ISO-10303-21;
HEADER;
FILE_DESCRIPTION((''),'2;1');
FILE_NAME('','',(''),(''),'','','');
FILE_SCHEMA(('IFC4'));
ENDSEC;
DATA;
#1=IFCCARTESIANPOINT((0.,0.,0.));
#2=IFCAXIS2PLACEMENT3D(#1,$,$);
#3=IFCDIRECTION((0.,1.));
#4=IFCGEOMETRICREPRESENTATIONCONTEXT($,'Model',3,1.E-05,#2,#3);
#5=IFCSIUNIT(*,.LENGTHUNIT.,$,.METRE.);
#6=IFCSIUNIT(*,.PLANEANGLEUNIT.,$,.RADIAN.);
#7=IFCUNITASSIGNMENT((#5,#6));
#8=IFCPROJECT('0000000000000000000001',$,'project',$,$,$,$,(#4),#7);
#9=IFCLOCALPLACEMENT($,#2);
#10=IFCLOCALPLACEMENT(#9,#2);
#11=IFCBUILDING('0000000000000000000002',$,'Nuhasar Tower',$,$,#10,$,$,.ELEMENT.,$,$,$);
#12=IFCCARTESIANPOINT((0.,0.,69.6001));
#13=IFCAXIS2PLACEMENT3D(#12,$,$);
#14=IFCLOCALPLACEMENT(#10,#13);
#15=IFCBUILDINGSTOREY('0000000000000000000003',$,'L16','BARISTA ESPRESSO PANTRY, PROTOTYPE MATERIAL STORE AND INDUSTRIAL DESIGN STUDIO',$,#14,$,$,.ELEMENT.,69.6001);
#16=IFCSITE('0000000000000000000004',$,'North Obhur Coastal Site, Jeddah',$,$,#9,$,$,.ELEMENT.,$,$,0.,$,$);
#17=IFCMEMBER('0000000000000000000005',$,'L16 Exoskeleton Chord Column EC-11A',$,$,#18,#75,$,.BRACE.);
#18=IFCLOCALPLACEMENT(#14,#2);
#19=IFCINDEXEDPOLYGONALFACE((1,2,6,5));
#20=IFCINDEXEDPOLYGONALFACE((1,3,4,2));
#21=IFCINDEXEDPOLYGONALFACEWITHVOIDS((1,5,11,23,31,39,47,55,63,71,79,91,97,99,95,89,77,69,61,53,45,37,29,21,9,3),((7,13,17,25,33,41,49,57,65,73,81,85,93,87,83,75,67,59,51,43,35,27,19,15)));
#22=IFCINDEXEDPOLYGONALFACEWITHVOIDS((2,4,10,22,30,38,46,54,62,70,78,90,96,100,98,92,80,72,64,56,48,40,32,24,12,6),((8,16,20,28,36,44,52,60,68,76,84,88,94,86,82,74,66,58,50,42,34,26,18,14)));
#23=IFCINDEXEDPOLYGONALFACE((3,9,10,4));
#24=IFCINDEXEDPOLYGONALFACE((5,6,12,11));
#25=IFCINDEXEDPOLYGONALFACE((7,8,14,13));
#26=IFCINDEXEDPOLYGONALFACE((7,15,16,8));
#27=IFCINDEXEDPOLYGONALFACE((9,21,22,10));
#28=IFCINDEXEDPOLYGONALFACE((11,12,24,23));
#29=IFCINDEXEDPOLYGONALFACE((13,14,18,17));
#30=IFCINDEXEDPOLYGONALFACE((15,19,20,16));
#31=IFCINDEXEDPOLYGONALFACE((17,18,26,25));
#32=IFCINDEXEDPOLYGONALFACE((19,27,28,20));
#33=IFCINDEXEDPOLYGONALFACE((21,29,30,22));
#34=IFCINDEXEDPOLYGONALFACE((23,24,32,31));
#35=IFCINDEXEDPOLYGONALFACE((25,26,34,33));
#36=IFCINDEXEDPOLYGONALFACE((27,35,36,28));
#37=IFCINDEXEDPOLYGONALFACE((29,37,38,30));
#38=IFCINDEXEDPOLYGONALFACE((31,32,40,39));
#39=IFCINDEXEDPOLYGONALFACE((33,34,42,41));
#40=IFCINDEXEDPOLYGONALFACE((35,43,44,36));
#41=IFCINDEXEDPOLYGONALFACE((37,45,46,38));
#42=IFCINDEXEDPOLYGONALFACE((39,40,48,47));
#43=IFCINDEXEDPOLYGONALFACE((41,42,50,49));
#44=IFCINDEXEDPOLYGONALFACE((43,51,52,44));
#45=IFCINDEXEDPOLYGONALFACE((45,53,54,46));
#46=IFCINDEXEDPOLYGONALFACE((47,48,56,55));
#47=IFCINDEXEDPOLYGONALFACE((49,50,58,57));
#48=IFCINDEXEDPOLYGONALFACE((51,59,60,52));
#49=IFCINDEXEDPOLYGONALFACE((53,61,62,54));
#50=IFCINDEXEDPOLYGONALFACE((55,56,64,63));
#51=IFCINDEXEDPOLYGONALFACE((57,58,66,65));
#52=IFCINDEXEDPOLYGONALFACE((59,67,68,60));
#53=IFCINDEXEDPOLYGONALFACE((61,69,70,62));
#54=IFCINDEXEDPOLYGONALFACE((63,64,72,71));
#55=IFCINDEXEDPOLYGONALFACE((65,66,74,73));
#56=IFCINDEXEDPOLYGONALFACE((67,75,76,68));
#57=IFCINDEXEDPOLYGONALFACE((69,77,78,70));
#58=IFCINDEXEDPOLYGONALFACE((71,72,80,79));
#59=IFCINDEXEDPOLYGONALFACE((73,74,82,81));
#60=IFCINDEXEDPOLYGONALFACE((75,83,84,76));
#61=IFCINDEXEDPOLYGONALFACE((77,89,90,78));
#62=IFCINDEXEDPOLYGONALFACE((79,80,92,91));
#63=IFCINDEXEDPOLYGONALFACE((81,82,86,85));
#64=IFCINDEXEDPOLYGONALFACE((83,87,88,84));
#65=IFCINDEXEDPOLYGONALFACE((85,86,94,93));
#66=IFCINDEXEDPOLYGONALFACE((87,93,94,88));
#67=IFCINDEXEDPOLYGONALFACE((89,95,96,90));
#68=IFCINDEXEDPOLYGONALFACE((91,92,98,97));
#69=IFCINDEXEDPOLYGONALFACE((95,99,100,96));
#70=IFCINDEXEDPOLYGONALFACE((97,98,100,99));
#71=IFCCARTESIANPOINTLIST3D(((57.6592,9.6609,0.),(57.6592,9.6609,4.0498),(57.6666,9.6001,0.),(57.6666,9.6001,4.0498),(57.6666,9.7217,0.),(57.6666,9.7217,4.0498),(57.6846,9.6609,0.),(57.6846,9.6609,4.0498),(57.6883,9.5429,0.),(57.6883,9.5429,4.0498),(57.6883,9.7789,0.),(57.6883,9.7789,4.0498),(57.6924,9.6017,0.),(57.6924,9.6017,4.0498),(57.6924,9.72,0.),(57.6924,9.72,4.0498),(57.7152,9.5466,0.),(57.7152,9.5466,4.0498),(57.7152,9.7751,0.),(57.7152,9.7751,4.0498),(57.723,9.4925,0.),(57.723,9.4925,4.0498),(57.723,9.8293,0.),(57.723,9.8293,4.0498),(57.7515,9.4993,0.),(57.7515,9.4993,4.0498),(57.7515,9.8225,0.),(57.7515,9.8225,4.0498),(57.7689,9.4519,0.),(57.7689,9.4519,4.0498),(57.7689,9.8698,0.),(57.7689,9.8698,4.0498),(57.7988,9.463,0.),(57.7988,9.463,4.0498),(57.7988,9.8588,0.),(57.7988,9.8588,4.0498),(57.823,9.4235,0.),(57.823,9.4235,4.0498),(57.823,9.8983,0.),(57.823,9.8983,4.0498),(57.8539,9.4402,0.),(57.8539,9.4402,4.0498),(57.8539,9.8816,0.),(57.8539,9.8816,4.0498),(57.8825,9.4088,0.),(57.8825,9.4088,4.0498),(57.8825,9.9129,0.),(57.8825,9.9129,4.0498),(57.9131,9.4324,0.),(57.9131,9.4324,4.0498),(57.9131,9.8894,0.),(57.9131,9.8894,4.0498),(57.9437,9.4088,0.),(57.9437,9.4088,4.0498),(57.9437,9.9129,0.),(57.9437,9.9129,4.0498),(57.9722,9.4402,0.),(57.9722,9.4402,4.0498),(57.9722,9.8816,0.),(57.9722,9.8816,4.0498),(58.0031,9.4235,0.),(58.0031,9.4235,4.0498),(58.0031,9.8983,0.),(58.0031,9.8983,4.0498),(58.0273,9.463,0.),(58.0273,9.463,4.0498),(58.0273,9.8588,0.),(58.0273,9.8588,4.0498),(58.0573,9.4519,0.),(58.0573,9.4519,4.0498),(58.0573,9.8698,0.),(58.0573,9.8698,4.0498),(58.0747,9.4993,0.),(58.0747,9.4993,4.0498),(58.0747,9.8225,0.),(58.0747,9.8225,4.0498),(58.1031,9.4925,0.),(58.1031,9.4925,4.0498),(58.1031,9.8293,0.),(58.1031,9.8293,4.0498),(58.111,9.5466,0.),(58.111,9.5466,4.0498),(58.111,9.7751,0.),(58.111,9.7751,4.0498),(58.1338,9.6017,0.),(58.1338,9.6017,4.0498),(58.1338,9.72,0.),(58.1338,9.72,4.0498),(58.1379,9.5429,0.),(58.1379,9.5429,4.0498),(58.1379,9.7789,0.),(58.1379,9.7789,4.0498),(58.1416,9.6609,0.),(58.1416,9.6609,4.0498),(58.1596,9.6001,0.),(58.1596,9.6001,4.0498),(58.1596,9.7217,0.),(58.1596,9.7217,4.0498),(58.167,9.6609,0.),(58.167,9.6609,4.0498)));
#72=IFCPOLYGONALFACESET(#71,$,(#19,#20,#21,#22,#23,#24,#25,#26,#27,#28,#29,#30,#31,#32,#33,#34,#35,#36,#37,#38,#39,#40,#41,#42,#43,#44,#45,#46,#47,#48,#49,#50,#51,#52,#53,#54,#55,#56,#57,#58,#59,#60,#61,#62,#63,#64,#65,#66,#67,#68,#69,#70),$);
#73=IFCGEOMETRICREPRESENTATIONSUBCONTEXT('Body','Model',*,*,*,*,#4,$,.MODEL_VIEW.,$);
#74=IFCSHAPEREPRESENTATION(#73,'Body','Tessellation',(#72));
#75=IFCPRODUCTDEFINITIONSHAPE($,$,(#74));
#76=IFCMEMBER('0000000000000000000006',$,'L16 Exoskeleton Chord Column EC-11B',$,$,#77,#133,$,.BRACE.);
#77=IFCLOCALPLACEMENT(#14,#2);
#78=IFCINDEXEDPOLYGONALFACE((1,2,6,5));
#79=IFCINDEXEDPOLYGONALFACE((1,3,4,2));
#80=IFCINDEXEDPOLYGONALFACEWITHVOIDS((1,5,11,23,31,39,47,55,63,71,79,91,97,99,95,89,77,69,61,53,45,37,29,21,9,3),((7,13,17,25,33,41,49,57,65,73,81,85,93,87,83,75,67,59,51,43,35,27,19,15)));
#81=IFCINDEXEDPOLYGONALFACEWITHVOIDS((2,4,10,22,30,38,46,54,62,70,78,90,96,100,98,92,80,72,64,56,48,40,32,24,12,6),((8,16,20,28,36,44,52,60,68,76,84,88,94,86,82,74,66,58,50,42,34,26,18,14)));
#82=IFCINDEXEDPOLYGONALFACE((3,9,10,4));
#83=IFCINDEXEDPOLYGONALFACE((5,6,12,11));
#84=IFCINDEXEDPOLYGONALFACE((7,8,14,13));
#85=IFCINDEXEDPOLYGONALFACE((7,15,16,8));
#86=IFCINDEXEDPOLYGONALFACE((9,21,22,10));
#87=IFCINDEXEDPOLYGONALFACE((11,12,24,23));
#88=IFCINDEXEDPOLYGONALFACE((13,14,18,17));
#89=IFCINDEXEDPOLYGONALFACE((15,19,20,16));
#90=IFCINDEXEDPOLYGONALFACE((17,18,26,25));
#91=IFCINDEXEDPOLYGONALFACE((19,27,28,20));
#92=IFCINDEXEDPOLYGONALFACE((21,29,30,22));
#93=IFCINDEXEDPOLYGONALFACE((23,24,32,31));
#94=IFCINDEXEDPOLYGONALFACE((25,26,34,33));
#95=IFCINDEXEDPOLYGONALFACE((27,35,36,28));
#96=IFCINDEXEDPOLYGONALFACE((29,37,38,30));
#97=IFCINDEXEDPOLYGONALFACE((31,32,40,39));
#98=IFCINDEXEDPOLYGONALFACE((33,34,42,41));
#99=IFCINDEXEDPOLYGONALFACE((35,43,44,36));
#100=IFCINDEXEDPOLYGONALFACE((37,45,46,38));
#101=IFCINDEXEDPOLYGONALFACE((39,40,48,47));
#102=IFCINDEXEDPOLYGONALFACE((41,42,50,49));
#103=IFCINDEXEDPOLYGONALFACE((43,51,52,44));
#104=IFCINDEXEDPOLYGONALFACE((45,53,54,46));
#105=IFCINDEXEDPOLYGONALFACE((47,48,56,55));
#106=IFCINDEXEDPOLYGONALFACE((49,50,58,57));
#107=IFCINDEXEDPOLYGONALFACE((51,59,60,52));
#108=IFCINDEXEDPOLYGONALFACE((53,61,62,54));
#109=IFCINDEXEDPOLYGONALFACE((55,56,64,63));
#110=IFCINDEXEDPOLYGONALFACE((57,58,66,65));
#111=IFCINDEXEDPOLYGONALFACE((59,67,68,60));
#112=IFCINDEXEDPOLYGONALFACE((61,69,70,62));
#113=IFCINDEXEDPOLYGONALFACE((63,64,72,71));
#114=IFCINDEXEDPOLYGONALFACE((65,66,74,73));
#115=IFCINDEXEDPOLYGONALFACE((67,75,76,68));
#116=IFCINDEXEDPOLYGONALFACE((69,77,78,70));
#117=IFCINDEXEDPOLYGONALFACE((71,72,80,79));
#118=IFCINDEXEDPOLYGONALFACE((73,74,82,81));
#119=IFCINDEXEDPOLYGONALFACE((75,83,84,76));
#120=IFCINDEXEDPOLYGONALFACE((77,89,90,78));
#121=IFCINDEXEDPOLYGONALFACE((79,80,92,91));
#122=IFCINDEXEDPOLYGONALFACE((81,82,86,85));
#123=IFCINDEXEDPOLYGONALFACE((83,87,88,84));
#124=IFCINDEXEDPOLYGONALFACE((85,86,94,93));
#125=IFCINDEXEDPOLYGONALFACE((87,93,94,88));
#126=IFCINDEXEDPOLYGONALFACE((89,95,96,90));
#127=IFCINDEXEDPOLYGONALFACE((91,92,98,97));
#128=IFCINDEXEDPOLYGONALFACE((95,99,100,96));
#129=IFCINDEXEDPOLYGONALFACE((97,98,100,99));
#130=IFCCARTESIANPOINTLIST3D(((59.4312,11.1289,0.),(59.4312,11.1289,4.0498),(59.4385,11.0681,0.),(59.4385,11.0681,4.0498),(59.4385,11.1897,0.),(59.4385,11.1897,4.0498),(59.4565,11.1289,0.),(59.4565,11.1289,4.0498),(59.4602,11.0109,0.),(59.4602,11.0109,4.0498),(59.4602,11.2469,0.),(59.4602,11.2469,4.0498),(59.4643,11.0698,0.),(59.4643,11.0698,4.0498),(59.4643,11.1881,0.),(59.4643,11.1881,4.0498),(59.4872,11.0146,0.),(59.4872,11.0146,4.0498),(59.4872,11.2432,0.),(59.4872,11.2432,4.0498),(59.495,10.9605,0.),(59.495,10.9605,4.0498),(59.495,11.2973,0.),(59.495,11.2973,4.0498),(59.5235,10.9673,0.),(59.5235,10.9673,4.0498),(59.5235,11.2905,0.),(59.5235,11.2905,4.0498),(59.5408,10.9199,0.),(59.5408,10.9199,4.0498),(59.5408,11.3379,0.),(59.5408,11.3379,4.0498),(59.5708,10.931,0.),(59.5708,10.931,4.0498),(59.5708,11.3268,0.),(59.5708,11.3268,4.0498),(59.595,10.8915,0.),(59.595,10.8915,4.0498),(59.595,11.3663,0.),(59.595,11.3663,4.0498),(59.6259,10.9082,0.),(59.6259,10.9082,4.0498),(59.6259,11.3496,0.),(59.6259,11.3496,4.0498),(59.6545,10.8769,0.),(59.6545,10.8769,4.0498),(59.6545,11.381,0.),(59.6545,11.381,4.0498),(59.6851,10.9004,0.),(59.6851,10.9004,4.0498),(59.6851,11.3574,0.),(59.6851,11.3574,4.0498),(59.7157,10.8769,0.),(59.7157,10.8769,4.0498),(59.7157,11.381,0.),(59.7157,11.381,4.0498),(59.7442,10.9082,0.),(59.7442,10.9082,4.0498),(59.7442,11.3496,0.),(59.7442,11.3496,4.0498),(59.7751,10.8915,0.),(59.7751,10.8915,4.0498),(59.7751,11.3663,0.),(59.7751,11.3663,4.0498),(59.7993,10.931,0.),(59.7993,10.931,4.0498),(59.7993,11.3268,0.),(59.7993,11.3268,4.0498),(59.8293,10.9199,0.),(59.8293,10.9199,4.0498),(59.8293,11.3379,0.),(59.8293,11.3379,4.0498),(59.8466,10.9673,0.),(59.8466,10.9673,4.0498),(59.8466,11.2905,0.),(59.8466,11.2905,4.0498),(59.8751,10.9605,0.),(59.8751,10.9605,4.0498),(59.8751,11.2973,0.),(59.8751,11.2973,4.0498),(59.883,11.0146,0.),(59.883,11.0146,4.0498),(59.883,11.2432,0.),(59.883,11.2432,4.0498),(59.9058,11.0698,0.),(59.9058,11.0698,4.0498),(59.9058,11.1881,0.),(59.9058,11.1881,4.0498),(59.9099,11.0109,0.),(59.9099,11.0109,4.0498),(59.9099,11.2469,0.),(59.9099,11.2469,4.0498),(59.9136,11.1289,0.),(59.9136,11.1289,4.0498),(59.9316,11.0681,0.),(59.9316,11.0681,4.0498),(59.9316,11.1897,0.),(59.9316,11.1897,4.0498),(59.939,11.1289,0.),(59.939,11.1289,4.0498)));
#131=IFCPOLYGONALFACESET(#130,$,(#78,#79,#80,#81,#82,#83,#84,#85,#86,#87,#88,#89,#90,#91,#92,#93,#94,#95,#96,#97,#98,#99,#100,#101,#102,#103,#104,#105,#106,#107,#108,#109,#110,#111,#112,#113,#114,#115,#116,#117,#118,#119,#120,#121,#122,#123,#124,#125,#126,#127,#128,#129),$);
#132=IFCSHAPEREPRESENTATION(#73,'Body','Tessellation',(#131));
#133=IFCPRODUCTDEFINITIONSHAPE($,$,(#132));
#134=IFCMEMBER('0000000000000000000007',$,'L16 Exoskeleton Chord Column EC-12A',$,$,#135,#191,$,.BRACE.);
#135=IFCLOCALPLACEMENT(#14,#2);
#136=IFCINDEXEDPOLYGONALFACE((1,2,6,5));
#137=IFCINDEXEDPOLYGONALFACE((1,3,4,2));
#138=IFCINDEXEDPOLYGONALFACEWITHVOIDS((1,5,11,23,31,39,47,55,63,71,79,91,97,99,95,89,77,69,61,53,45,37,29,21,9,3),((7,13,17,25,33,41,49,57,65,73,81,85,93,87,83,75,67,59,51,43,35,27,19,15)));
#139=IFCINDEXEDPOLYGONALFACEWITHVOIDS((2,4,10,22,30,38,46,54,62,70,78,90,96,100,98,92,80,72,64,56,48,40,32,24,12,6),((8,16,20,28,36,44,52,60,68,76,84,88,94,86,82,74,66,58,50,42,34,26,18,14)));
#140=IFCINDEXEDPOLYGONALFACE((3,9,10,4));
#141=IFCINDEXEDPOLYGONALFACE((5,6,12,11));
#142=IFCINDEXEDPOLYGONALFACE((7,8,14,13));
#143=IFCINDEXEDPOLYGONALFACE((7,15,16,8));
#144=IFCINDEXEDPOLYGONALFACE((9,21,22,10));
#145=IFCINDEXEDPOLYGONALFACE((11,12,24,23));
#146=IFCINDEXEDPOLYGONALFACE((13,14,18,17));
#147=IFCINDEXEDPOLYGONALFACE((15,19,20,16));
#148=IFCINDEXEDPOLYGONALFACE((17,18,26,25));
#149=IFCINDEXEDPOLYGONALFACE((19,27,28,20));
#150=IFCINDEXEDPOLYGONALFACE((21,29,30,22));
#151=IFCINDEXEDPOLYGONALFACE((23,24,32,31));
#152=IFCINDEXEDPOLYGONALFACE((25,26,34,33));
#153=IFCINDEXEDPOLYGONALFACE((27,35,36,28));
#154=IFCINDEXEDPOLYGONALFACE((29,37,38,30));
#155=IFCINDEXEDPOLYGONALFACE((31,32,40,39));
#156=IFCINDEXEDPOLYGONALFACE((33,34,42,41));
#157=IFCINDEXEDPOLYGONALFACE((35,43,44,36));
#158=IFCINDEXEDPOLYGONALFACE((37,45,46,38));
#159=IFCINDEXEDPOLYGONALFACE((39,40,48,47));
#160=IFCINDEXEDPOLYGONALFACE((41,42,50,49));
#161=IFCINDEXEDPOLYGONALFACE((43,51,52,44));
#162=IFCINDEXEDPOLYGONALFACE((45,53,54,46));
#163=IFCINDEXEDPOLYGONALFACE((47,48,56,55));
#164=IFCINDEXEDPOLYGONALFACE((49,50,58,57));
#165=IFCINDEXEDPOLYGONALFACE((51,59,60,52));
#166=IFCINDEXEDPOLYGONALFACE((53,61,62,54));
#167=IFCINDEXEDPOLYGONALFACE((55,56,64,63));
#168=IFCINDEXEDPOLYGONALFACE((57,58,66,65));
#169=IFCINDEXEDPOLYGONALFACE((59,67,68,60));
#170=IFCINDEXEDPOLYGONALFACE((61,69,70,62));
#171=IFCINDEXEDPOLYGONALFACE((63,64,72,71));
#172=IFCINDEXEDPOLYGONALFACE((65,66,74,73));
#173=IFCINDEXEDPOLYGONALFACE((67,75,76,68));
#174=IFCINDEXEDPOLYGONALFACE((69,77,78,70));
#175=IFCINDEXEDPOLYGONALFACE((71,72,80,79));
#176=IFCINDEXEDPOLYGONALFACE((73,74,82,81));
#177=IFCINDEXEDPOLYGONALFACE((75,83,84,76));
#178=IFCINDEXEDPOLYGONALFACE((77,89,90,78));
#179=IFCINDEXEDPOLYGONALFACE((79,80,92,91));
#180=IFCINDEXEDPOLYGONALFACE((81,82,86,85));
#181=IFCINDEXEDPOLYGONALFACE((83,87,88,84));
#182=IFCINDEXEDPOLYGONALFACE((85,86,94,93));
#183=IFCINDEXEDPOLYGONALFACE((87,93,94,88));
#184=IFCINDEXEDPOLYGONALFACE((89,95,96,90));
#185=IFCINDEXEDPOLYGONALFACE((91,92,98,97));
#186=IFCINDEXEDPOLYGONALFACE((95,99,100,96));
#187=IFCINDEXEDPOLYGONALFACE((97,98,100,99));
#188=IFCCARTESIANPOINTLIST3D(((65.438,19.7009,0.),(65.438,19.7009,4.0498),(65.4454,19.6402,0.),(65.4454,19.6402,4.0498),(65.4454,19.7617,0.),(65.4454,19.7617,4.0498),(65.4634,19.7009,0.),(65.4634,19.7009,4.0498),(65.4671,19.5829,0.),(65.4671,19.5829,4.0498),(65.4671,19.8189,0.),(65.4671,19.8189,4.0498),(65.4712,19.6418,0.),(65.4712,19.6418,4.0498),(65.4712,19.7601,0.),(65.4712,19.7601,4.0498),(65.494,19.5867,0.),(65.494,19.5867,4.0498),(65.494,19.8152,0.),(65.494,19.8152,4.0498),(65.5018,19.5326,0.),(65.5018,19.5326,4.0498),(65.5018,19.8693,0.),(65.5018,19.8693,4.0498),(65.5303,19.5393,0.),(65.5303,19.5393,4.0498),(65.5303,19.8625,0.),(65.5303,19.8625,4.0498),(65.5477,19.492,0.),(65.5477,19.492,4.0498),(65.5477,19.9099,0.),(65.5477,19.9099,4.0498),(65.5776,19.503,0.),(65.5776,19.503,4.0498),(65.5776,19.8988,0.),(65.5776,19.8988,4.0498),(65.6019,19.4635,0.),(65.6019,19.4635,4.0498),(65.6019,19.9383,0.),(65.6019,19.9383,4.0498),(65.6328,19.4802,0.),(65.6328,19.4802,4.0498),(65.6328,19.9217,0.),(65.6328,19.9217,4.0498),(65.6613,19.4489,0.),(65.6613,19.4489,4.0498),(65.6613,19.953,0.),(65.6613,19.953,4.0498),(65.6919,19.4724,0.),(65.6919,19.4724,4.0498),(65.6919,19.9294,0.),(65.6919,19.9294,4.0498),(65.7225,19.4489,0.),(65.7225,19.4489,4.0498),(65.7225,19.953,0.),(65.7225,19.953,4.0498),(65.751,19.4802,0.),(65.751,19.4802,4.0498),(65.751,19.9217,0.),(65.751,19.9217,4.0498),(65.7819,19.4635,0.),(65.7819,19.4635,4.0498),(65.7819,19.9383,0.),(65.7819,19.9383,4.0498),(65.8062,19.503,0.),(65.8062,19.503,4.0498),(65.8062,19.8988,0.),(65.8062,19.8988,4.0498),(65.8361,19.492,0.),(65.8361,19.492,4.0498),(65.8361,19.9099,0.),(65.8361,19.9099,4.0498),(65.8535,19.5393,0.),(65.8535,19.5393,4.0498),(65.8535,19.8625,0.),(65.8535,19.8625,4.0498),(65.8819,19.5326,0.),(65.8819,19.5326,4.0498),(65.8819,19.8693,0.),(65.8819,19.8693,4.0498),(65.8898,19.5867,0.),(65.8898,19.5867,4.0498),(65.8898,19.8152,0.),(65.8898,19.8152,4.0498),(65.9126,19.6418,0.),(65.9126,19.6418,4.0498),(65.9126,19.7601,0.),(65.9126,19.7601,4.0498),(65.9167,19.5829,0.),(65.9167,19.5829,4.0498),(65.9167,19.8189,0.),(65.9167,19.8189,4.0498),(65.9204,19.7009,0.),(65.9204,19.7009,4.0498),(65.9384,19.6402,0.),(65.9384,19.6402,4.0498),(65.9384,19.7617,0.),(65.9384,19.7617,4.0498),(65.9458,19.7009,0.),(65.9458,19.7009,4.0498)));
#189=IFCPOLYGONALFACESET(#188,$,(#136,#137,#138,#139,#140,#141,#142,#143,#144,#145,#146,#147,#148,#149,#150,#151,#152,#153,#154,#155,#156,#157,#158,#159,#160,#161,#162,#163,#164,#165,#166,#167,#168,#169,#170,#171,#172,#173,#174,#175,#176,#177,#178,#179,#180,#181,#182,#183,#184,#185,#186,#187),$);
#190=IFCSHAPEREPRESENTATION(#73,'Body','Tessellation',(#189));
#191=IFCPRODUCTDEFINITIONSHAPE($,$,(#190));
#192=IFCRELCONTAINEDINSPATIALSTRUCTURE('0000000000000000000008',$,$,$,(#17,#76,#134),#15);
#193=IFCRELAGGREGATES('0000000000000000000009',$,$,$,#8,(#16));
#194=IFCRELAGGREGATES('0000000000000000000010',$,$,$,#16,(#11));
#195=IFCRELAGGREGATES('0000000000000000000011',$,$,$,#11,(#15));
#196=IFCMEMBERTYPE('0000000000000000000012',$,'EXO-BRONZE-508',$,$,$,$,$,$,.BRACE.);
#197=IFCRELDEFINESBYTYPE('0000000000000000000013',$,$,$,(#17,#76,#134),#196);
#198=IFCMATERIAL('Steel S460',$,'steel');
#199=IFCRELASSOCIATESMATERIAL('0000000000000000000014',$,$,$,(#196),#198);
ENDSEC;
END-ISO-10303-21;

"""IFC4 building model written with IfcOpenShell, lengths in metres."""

from ifc_helpers import new_model, si_unit, direction, frame, origin, origin_2d, place, context, subcontext, project, spatial, hollow_circle, extrude, material, material_profile, profile_set, type_object, element, save


model = new_model("IFC4")

# Units and contexts
model_context = context("Model", 3, precision=1e-05, world=origin(), true_north=direction((0.0, 1.0)))
body_context = subcontext(model_context, "Body", "Model", "MODEL_VIEW")
ifc_project = project(units=[si_unit("LENGTHUNIT", "METRE"), si_unit("PLANEANGLEUNIT", "RADIAN")], contexts=[model_context])

# Site, building, storey
site_placement = place(None, origin())
site = spatial("IfcSite", under=ifc_project, at=site_placement, Name="North Obhur Coastal Site, Jeddah", CompositionType="ELEMENT", RefElevation=0.0)
building_placement = place(site_placement, origin())
building = spatial("IfcBuilding", under=site, at=building_placement, Name="Nuhasar Tower", CompositionType="ELEMENT")
storey_placement = place(building_placement, frame((0.0, 0.0, 69.6001)))
storey = spatial("IfcBuildingStorey", under=building, at=storey_placement, Name="L16", Description="BARISTA ESPRESSO PANTRY, PROTOTYPE MATERIAL STORE AND INDUSTRIAL DESIGN STUDIO", CompositionType="ELEMENT", Elevation=69.6001)

# Members
ifc_material_1 = material(Name="Steel S460", Category="steel")
ifc_material_profile_1 = material_profile(ifc_material_1, hollow_circle(Radius=0.2539, WallThickness=0.0254, at=origin_2d()), Name="HSS508X25.4")
ifc_profile_set_1 = profile_set([ifc_material_profile_1], Name="Steel S460")
member_type_1 = type_object("IfcMemberType", Name="EXO-BRONZE-508", PredefinedType="BRACE", material=ifc_profile_set_1)
for number, where, z_axis, x_axis, name in (
    (1, (57.9131, 9.6609, 0.0), (0.0, 0.0, 1.0), (1.0, 0.0, 0.0), "L16 Exoskeleton Chord Column EC-11A"),
    (2, (59.6851, 11.1289, 0.0), (0.0, 0.0, 1.0), (1.0, 0.0, 0.0), "L16 Exoskeleton Chord Column EC-11B"),
    (3, (65.6919, 19.7009, 0.0), (0.0, 0.0, 1.0), (1.0, 0.0, 0.0), "L16 Exoskeleton Chord Column EC-12A"),
):
    element("IfcMember", number, at=place(storey_placement, frame(where, z_axis=z_axis, x_axis=x_axis)), inside=storey, type_object=member_type_1, Name=name, PredefinedType="BRACE", context=body_context, shape_type="SweptSolid", body=[
        extrude(hollow_circle(Radius=0.2539, WallThickness=0.0254, at=origin_2d()), origin(), (0.0, 0.0, 1.0), 4.0498),
    ])

save(model, "model.ifc")
